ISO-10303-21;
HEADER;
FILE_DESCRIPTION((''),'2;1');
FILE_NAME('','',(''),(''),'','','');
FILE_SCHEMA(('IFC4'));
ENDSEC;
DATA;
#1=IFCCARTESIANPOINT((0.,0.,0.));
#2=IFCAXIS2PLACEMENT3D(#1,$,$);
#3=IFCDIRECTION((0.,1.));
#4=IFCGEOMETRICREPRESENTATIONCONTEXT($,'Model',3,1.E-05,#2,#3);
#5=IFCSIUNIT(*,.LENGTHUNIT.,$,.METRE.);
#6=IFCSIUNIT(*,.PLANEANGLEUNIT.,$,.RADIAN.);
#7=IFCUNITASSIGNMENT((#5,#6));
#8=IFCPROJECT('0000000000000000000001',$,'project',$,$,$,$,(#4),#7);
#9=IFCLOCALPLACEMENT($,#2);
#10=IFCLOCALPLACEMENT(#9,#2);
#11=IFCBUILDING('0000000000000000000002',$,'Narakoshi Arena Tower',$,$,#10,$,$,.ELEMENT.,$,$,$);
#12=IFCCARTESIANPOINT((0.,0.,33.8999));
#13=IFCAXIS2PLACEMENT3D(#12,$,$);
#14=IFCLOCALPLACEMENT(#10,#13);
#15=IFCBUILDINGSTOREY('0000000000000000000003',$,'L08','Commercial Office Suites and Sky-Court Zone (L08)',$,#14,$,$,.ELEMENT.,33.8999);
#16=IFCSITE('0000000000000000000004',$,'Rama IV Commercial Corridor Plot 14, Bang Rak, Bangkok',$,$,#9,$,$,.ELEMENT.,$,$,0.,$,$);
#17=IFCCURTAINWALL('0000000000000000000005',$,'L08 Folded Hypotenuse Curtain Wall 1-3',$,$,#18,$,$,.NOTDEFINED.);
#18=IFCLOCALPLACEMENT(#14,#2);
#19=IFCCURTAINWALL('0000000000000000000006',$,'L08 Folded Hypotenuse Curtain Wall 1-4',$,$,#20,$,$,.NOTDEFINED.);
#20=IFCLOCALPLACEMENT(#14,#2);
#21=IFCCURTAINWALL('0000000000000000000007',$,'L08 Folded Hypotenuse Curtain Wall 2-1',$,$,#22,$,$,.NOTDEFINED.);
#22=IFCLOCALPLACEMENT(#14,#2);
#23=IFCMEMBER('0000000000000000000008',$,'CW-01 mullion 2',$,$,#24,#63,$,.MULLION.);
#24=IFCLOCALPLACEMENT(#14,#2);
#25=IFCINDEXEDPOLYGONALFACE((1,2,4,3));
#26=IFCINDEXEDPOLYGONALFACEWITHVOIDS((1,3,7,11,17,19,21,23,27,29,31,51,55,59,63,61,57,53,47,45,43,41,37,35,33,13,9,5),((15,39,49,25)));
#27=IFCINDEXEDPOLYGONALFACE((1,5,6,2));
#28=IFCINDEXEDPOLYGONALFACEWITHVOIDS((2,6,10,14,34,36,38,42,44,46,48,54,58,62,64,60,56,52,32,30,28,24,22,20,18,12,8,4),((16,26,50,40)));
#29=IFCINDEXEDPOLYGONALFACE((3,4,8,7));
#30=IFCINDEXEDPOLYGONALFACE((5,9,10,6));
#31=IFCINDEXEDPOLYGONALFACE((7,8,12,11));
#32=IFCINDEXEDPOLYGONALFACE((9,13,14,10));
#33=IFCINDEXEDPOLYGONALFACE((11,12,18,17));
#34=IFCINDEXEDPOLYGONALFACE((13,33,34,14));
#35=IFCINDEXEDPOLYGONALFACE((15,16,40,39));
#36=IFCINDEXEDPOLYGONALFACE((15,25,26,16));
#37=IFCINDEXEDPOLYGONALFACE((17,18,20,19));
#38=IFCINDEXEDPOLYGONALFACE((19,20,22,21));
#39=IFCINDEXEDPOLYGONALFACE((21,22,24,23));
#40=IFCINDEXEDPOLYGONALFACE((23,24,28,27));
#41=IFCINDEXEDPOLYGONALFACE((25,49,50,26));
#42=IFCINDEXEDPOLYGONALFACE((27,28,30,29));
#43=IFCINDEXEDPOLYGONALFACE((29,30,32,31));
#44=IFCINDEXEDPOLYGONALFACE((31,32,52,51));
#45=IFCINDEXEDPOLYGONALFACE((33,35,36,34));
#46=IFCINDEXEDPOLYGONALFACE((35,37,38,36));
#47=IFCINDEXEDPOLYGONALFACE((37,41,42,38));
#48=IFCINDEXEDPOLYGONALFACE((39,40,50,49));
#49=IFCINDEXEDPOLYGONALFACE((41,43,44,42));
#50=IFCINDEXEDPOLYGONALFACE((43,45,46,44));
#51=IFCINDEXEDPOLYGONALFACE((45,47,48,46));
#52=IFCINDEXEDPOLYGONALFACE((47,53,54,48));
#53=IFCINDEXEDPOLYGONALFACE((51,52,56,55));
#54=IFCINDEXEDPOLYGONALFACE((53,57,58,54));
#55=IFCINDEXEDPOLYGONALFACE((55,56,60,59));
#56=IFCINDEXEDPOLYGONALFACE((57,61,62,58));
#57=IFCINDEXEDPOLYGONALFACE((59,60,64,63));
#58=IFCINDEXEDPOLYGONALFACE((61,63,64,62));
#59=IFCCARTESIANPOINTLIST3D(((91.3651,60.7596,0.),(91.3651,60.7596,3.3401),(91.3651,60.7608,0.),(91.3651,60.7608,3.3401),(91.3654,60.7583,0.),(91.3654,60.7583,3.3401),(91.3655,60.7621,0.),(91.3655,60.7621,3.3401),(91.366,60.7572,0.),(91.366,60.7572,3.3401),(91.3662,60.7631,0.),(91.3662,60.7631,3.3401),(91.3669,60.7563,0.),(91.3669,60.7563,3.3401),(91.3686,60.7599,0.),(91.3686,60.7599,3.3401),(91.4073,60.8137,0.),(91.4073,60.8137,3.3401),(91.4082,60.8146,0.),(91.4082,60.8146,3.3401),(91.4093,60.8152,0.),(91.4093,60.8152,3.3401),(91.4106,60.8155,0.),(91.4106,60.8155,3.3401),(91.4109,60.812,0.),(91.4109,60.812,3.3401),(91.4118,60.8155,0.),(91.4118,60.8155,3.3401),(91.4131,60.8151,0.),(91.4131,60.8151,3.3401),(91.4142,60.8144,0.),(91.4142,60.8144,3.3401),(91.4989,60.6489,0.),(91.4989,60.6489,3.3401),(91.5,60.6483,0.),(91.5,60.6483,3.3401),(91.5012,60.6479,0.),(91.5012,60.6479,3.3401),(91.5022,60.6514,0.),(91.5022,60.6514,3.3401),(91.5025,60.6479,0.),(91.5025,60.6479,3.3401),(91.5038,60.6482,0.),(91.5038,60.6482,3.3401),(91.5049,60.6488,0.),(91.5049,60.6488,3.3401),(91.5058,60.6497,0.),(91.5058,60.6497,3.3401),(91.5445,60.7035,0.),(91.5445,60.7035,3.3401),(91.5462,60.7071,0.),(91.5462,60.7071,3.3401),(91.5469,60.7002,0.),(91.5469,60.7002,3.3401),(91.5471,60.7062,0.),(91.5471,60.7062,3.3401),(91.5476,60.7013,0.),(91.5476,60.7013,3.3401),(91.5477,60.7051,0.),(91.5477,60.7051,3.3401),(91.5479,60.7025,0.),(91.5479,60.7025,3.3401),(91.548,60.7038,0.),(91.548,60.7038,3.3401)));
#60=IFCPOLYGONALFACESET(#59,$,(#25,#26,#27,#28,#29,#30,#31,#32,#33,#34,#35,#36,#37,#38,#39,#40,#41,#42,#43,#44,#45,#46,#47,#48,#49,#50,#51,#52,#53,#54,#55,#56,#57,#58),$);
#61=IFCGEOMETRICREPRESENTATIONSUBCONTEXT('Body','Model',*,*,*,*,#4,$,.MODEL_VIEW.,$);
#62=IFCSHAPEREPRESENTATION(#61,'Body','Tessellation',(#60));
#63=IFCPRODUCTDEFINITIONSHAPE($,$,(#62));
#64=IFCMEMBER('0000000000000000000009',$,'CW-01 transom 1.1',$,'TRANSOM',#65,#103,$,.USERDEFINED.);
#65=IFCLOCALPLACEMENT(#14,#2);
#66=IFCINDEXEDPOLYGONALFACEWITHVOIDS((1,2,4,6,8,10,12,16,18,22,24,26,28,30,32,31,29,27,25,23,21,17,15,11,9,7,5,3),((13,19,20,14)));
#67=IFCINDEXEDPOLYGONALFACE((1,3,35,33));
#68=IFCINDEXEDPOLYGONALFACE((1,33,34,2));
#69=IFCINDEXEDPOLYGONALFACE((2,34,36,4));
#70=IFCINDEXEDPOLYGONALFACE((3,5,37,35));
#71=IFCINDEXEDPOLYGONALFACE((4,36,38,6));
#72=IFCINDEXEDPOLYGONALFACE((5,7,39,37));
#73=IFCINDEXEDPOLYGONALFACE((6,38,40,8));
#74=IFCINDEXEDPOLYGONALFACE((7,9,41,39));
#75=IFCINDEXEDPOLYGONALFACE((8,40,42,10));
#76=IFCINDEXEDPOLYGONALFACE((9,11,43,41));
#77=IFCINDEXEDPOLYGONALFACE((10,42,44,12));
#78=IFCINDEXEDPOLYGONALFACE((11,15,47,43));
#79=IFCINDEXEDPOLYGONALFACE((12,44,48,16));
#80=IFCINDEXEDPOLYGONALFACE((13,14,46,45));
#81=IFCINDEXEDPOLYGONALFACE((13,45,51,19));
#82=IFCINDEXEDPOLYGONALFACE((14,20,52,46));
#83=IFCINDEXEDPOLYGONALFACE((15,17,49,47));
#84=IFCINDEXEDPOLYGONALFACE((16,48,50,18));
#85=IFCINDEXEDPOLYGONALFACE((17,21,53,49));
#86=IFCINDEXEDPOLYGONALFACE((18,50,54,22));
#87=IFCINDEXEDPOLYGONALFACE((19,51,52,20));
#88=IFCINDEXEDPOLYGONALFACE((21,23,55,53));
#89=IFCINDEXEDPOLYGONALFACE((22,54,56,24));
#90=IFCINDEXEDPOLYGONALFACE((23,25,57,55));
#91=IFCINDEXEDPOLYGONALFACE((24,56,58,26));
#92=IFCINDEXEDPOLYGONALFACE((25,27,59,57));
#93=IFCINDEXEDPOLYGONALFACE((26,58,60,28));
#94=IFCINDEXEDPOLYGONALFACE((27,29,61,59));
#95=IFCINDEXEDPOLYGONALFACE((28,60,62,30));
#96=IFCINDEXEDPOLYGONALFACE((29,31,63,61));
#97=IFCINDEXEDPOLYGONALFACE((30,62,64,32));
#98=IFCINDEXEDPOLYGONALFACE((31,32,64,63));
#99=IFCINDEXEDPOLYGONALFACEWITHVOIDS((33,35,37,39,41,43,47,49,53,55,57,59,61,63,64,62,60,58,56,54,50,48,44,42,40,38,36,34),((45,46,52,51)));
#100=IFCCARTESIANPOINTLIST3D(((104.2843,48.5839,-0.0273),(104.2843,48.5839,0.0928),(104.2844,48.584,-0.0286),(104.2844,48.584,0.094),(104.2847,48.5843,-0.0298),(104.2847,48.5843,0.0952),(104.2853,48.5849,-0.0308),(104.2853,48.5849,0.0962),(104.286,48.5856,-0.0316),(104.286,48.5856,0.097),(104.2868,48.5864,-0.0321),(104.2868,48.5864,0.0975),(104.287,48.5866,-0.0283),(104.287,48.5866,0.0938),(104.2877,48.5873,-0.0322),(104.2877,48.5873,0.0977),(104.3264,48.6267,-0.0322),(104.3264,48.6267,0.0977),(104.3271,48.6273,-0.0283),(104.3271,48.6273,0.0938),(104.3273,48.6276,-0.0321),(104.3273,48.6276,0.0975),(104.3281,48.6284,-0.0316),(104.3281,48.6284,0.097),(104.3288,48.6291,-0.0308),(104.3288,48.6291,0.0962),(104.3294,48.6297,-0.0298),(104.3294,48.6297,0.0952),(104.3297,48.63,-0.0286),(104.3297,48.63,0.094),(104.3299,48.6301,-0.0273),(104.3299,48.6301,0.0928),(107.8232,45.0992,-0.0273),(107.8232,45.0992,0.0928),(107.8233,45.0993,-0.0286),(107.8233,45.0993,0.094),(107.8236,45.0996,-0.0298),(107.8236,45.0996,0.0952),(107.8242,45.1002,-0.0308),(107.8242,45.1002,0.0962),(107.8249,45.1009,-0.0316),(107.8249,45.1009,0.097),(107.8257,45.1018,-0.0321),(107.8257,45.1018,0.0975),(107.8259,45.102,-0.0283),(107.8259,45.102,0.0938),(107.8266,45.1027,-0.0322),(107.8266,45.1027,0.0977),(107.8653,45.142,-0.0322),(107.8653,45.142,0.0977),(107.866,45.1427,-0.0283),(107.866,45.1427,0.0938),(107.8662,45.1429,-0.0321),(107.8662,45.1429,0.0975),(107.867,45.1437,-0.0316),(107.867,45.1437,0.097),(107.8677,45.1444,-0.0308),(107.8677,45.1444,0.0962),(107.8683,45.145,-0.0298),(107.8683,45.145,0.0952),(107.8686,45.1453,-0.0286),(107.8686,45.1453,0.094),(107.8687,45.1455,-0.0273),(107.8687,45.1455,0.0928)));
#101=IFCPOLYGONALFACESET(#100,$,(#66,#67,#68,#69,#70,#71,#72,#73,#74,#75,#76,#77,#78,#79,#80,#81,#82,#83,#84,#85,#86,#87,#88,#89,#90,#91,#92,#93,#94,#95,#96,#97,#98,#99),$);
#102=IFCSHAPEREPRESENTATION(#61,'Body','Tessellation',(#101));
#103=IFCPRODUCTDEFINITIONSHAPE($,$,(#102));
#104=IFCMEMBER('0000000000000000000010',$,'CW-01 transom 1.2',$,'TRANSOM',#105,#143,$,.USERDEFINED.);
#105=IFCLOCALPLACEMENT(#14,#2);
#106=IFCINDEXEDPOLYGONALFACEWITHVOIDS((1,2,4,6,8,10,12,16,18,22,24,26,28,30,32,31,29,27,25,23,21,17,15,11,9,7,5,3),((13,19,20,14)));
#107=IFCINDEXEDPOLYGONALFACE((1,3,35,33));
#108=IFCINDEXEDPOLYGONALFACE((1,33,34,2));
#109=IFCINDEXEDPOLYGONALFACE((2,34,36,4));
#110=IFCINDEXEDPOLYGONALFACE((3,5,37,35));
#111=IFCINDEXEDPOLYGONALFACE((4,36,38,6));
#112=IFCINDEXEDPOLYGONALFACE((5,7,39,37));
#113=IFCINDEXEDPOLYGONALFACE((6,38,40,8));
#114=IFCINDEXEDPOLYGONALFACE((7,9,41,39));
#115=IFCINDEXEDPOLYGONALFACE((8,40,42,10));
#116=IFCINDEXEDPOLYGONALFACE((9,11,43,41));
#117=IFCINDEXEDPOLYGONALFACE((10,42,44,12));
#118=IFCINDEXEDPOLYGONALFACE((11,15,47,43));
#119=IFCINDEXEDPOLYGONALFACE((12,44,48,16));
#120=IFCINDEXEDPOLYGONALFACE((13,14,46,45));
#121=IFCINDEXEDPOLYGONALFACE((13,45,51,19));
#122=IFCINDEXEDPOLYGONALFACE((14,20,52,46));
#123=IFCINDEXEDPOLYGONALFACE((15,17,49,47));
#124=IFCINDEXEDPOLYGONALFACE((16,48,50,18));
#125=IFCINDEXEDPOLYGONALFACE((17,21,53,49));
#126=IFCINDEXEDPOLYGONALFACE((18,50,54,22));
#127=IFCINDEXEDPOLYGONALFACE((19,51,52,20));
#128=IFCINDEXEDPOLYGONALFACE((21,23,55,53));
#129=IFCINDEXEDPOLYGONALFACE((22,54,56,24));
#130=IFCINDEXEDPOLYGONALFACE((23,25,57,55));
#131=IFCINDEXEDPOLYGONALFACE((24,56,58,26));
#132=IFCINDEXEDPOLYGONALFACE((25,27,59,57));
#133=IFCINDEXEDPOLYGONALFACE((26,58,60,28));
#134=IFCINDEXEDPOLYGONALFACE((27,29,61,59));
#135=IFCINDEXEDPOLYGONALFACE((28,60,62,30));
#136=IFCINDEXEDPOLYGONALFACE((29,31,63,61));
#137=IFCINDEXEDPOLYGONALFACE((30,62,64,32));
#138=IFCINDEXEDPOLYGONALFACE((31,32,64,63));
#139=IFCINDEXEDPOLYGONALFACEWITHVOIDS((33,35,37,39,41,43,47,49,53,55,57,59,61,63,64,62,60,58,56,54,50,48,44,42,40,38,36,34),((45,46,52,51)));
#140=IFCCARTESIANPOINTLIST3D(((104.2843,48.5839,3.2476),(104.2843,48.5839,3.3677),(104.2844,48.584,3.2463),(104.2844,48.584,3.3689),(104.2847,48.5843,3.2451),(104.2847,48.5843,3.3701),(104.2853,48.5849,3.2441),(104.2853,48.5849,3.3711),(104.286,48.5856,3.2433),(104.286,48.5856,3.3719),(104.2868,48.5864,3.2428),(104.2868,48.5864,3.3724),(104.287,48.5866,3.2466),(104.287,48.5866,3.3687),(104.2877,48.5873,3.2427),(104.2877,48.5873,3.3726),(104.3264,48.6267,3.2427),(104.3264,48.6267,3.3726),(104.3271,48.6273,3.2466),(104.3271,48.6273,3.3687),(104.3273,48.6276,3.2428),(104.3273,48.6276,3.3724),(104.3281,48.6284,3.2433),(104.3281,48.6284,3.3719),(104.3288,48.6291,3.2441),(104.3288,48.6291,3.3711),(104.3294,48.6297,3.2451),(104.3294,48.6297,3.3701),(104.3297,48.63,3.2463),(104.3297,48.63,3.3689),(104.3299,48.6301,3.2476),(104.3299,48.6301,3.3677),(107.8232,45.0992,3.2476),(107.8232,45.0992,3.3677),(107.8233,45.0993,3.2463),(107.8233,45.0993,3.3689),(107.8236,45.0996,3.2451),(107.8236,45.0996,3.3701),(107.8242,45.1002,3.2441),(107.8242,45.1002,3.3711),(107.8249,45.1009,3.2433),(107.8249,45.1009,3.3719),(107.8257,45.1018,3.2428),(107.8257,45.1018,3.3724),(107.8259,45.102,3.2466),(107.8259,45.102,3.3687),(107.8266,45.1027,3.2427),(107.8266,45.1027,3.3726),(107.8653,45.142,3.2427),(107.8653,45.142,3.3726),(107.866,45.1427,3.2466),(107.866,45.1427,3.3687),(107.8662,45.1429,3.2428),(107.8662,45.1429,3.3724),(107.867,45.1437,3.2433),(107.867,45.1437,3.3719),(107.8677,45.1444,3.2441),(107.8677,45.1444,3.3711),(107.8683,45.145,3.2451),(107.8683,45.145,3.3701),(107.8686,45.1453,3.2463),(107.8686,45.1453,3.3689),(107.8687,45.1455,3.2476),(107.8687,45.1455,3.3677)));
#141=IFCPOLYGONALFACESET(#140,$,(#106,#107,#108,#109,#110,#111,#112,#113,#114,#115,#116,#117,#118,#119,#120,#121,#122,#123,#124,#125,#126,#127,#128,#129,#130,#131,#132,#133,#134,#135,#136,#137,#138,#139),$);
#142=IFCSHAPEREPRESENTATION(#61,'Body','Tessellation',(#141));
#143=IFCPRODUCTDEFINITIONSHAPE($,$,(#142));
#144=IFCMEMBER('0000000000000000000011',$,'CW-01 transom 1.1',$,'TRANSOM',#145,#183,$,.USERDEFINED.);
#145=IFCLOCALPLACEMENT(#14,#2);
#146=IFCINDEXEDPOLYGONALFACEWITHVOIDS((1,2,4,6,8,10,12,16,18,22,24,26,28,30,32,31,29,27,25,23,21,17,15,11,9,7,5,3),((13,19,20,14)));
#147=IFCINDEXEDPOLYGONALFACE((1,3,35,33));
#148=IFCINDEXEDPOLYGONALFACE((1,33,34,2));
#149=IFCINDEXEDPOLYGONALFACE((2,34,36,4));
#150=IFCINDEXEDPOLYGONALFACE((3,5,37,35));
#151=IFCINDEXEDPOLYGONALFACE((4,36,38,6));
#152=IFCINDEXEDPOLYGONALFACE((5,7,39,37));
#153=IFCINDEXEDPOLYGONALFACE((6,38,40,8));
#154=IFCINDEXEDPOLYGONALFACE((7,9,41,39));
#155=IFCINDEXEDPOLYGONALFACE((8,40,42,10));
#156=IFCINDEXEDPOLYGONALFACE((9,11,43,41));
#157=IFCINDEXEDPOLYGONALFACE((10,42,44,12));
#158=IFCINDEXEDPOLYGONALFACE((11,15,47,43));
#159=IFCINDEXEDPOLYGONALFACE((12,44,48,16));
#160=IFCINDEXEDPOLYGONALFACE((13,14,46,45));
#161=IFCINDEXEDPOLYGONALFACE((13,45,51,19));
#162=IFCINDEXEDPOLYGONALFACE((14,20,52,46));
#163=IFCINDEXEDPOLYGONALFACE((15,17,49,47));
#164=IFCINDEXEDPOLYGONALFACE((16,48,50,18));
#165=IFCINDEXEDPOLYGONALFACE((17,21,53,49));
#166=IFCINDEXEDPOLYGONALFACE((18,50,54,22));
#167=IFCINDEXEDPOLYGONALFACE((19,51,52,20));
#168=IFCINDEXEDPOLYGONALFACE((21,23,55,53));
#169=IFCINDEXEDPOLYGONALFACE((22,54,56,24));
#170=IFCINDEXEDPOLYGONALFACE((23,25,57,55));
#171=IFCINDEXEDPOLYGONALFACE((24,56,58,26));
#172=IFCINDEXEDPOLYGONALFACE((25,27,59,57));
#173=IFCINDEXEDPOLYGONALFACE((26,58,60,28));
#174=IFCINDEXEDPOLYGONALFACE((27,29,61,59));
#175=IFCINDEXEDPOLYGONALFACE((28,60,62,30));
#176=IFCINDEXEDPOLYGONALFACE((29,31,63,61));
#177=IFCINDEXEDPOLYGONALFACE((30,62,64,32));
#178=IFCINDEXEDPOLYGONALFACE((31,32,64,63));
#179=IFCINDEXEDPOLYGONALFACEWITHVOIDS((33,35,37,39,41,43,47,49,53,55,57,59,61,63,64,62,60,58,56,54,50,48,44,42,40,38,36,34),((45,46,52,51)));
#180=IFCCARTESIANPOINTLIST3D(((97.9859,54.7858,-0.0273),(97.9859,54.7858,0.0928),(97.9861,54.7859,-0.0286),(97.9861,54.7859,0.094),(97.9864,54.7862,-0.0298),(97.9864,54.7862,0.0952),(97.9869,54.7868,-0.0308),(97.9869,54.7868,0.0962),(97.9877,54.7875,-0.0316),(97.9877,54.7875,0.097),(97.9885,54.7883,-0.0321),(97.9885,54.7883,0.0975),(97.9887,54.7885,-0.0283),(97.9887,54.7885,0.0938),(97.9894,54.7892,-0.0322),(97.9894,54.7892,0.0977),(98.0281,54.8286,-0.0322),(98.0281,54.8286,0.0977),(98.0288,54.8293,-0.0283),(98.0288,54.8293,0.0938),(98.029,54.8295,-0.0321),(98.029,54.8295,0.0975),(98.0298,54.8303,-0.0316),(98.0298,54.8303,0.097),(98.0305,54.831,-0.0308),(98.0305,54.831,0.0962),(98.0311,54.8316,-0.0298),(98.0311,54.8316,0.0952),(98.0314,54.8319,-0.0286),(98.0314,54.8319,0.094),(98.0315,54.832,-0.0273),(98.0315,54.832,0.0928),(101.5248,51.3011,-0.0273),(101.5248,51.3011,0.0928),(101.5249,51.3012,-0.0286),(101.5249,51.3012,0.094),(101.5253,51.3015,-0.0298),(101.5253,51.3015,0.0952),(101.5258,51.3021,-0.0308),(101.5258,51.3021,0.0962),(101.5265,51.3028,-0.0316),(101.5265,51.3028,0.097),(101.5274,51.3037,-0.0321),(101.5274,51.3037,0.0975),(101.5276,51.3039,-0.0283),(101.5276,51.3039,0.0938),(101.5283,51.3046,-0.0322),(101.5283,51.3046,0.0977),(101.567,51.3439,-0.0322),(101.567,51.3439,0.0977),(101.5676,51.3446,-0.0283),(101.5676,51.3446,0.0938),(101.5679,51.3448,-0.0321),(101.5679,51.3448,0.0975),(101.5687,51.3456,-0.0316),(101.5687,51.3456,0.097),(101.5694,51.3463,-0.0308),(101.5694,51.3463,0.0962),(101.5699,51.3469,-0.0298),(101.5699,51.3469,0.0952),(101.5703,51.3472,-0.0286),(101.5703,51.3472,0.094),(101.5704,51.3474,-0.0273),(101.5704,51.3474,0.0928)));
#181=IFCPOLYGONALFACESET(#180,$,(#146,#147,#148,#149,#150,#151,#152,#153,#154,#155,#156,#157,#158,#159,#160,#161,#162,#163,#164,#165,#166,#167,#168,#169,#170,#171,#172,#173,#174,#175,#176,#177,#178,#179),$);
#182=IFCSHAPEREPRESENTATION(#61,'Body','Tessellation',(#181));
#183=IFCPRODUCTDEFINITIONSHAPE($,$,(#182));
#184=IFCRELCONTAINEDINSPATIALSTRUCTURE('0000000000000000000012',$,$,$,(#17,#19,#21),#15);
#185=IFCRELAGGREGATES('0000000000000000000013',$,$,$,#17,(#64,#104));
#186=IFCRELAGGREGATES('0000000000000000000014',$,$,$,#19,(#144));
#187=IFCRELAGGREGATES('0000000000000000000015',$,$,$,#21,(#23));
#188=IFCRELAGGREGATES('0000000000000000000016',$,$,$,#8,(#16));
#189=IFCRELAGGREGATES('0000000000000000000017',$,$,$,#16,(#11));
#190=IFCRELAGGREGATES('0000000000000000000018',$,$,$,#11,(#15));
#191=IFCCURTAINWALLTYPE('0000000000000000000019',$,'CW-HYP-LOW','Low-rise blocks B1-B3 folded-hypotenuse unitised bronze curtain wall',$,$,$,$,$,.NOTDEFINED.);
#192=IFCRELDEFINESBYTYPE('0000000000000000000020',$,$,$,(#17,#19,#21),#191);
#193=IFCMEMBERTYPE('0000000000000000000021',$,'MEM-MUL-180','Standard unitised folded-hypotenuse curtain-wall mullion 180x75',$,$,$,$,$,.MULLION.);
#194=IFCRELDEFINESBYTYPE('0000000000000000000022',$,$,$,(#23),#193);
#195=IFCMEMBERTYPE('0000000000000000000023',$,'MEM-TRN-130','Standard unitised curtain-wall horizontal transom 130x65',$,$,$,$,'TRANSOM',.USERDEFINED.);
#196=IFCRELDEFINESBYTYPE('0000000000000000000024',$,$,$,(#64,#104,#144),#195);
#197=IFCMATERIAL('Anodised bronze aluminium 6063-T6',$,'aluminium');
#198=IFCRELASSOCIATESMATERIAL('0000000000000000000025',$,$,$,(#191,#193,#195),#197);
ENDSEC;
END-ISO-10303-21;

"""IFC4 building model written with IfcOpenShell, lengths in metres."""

from ifc_helpers import new_model, si_unit, direction, frame, origin, origin_2d, place, context, subcontext, project, spatial, hollow_rectangle, extrude, material, material_profile, profile_set, type_object, element, aggregate, save


model = new_model("IFC4")

# Units and contexts
model_context = context("Model", 3, precision=1e-05, world=origin(), true_north=direction((0.0, 1.0)))
body_context = subcontext(model_context, "Body", "Model", "MODEL_VIEW")
ifc_project = project(units=[si_unit("LENGTHUNIT", "METRE"), si_unit("PLANEANGLEUNIT", "RADIAN")], contexts=[model_context])

# Site, building, storey
site_placement = place(None, origin())
site = spatial("IfcSite", under=ifc_project, at=site_placement, Name="Rama IV Commercial Corridor Plot 14, Bang Rak, Bangkok", CompositionType="ELEMENT", RefElevation=0.0)
building_placement = place(site_placement, origin())
building = spatial("IfcBuilding", under=site, at=building_placement, Name="Narakoshi Arena Tower", CompositionType="ELEMENT")
storey_placement = place(building_placement, frame((0.0, 0.0, 33.8999)))
storey = spatial("IfcBuildingStorey", under=building, at=storey_placement, Name="L08", Description="Commercial Office Suites and Sky-Court Zone (L08)", CompositionType="ELEMENT", Elevation=33.8999)

# Curtain wall
ifc_material_1 = material(Name="Anodised bronze aluminium 6063-T6", Category="aluminium")
curtain_wall_type = type_object("IfcCurtainWallType", Name="CW-HYP-LOW", Description="Low-rise blocks B1-B3 folded-hypotenuse unitised bronze curtain wall", PredefinedType="NOTDEFINED", material=ifc_material_1)
curtain_wall_1_placement = place(storey_placement, origin())
curtain_wall_1 = element("IfcCurtainWall", 1, at=curtain_wall_1_placement, inside=storey, type_object=curtain_wall_type, Name="L08 Folded Hypotenuse Curtain Wall 1-3", PredefinedType="NOTDEFINED")
ifc_material_profile_1 = material_profile(ifc_material_1, hollow_rectangle(XDim=0.075, YDim=0.1799, WallThickness=0.0039, OuterFilletRadius=0.0049, at=origin_2d()), Name="MUL180x75x4")
ifc_profile_set_1 = profile_set([ifc_material_profile_1], Name="Anodised bronze aluminium 6063-T6")
member_type_1 = type_object("IfcMemberType", Name="MEM-MUL-180", Description="Standard unitised folded-hypotenuse curtain-wall mullion 180x75", PredefinedType="MULLION", material=ifc_profile_set_1)

# Curtain walls, member
curtain_wall_2_placement = place(storey_placement, origin())
curtain_wall_2 = element("IfcCurtainWall", 2, at=curtain_wall_2_placement, inside=storey, type_object=curtain_wall_type, Name="L08 Folded Hypotenuse Curtain Wall 1-4", PredefinedType="NOTDEFINED")
curtain_wall_3_placement = place(storey_placement, origin())
curtain_wall_3 = element("IfcCurtainWall", 3, at=curtain_wall_3_placement, inside=storey, type_object=curtain_wall_type, Name="L08 Folded Hypotenuse Curtain Wall 2-1", PredefinedType="NOTDEFINED")
member_1_placement = place(storey_placement, frame((91.4565, 60.7317, 0.0), z_axis=(0.0, 0.0, 1.0), x_axis=(-0.630723, -0.776008, 0.0)))
member_1 = element("IfcMember", 4, at=member_1_placement, type_object=member_type_1, Name="CW-01 mullion 2", PredefinedType="MULLION", context=body_context, shape_type="SweptSolid", body=[
    extrude(hollow_rectangle(XDim=0.075, YDim=0.1799, WallThickness=0.0039, OuterFilletRadius=0.0049, at=origin_2d()), origin(), (0.0, 0.0, 1.0), 3.3401),
])

# Members
ifc_material_profile_2 = material_profile(ifc_material_1, hollow_rectangle(XDim=0.0649, YDim=0.1299, WallThickness=0.0039, OuterFilletRadius=0.0049, at=origin_2d()), Name="TRN130x65x4")
ifc_profile_set_2 = profile_set([ifc_material_profile_2], Name="Anodised bronze aluminium 6063-T6")
member_type_2 = type_object("IfcMemberType", Name="MEM-TRN-130", Description="Standard unitised curtain-wall horizontal transom 130x65", ElementType="TRANSOM", PredefinedType="USERDEFINED", material=ifc_profile_set_2)
member_2_placement = place(storey_placement, frame((107.8459, 45.1223, 0.0327), z_axis=(-0.712542, 0.701629, 0.0), x_axis=(-0.701629, -0.712542, 0.0)))
member_2 = element("IfcMember", 5, at=member_2_placement, type_object=member_type_2, Name="CW-01 transom 1.1", ObjectType="TRANSOM", PredefinedType="USERDEFINED", context=body_context, shape_type="SweptSolid", body=[
    extrude(hollow_rectangle(XDim=0.0649, YDim=0.1299, WallThickness=0.0039, OuterFilletRadius=0.0049, at=origin_2d()), origin(), (0.0, 0.0, 1.0), 4.9666),
])
member_3_placement = place(storey_placement, frame((107.8459, 45.1223, 3.3076), z_axis=(-0.712542, 0.701629, 0.0), x_axis=(-0.701629, -0.712542, 0.0)))
member_3 = element("IfcMember", 6, at=member_3_placement, type_object=member_type_2, Name="CW-01 transom 1.2", ObjectType="TRANSOM", PredefinedType="USERDEFINED", context=body_context, shape_type="SweptSolid", body=[
    extrude(hollow_rectangle(XDim=0.0649, YDim=0.1299, WallThickness=0.0039, OuterFilletRadius=0.0049, at=origin_2d()), origin(), (0.0, 0.0, 1.0), 4.9666),
])
member_4_placement = place(storey_placement, frame((101.5476, 51.3242, 0.0327), z_axis=(-0.712542, 0.701629, 0.0), x_axis=(-0.701629, -0.712542, 0.0)))
member_4 = element("IfcMember", 7, at=member_4_placement, type_object=member_type_2, Name="CW-01 transom 1.1", ObjectType="TRANSOM", PredefinedType="USERDEFINED", context=body_context, shape_type="SweptSolid", body=[
    extrude(hollow_rectangle(XDim=0.0649, YDim=0.1299, WallThickness=0.0039, OuterFilletRadius=0.0049, at=origin_2d()), origin(), (0.0, 0.0, 1.0), 4.9666),
])

aggregate(curtain_wall_1, [member_2, member_3])
aggregate(curtain_wall_2, [member_4])
aggregate(curtain_wall_3, [member_1])

save(model, "model.ifc")
